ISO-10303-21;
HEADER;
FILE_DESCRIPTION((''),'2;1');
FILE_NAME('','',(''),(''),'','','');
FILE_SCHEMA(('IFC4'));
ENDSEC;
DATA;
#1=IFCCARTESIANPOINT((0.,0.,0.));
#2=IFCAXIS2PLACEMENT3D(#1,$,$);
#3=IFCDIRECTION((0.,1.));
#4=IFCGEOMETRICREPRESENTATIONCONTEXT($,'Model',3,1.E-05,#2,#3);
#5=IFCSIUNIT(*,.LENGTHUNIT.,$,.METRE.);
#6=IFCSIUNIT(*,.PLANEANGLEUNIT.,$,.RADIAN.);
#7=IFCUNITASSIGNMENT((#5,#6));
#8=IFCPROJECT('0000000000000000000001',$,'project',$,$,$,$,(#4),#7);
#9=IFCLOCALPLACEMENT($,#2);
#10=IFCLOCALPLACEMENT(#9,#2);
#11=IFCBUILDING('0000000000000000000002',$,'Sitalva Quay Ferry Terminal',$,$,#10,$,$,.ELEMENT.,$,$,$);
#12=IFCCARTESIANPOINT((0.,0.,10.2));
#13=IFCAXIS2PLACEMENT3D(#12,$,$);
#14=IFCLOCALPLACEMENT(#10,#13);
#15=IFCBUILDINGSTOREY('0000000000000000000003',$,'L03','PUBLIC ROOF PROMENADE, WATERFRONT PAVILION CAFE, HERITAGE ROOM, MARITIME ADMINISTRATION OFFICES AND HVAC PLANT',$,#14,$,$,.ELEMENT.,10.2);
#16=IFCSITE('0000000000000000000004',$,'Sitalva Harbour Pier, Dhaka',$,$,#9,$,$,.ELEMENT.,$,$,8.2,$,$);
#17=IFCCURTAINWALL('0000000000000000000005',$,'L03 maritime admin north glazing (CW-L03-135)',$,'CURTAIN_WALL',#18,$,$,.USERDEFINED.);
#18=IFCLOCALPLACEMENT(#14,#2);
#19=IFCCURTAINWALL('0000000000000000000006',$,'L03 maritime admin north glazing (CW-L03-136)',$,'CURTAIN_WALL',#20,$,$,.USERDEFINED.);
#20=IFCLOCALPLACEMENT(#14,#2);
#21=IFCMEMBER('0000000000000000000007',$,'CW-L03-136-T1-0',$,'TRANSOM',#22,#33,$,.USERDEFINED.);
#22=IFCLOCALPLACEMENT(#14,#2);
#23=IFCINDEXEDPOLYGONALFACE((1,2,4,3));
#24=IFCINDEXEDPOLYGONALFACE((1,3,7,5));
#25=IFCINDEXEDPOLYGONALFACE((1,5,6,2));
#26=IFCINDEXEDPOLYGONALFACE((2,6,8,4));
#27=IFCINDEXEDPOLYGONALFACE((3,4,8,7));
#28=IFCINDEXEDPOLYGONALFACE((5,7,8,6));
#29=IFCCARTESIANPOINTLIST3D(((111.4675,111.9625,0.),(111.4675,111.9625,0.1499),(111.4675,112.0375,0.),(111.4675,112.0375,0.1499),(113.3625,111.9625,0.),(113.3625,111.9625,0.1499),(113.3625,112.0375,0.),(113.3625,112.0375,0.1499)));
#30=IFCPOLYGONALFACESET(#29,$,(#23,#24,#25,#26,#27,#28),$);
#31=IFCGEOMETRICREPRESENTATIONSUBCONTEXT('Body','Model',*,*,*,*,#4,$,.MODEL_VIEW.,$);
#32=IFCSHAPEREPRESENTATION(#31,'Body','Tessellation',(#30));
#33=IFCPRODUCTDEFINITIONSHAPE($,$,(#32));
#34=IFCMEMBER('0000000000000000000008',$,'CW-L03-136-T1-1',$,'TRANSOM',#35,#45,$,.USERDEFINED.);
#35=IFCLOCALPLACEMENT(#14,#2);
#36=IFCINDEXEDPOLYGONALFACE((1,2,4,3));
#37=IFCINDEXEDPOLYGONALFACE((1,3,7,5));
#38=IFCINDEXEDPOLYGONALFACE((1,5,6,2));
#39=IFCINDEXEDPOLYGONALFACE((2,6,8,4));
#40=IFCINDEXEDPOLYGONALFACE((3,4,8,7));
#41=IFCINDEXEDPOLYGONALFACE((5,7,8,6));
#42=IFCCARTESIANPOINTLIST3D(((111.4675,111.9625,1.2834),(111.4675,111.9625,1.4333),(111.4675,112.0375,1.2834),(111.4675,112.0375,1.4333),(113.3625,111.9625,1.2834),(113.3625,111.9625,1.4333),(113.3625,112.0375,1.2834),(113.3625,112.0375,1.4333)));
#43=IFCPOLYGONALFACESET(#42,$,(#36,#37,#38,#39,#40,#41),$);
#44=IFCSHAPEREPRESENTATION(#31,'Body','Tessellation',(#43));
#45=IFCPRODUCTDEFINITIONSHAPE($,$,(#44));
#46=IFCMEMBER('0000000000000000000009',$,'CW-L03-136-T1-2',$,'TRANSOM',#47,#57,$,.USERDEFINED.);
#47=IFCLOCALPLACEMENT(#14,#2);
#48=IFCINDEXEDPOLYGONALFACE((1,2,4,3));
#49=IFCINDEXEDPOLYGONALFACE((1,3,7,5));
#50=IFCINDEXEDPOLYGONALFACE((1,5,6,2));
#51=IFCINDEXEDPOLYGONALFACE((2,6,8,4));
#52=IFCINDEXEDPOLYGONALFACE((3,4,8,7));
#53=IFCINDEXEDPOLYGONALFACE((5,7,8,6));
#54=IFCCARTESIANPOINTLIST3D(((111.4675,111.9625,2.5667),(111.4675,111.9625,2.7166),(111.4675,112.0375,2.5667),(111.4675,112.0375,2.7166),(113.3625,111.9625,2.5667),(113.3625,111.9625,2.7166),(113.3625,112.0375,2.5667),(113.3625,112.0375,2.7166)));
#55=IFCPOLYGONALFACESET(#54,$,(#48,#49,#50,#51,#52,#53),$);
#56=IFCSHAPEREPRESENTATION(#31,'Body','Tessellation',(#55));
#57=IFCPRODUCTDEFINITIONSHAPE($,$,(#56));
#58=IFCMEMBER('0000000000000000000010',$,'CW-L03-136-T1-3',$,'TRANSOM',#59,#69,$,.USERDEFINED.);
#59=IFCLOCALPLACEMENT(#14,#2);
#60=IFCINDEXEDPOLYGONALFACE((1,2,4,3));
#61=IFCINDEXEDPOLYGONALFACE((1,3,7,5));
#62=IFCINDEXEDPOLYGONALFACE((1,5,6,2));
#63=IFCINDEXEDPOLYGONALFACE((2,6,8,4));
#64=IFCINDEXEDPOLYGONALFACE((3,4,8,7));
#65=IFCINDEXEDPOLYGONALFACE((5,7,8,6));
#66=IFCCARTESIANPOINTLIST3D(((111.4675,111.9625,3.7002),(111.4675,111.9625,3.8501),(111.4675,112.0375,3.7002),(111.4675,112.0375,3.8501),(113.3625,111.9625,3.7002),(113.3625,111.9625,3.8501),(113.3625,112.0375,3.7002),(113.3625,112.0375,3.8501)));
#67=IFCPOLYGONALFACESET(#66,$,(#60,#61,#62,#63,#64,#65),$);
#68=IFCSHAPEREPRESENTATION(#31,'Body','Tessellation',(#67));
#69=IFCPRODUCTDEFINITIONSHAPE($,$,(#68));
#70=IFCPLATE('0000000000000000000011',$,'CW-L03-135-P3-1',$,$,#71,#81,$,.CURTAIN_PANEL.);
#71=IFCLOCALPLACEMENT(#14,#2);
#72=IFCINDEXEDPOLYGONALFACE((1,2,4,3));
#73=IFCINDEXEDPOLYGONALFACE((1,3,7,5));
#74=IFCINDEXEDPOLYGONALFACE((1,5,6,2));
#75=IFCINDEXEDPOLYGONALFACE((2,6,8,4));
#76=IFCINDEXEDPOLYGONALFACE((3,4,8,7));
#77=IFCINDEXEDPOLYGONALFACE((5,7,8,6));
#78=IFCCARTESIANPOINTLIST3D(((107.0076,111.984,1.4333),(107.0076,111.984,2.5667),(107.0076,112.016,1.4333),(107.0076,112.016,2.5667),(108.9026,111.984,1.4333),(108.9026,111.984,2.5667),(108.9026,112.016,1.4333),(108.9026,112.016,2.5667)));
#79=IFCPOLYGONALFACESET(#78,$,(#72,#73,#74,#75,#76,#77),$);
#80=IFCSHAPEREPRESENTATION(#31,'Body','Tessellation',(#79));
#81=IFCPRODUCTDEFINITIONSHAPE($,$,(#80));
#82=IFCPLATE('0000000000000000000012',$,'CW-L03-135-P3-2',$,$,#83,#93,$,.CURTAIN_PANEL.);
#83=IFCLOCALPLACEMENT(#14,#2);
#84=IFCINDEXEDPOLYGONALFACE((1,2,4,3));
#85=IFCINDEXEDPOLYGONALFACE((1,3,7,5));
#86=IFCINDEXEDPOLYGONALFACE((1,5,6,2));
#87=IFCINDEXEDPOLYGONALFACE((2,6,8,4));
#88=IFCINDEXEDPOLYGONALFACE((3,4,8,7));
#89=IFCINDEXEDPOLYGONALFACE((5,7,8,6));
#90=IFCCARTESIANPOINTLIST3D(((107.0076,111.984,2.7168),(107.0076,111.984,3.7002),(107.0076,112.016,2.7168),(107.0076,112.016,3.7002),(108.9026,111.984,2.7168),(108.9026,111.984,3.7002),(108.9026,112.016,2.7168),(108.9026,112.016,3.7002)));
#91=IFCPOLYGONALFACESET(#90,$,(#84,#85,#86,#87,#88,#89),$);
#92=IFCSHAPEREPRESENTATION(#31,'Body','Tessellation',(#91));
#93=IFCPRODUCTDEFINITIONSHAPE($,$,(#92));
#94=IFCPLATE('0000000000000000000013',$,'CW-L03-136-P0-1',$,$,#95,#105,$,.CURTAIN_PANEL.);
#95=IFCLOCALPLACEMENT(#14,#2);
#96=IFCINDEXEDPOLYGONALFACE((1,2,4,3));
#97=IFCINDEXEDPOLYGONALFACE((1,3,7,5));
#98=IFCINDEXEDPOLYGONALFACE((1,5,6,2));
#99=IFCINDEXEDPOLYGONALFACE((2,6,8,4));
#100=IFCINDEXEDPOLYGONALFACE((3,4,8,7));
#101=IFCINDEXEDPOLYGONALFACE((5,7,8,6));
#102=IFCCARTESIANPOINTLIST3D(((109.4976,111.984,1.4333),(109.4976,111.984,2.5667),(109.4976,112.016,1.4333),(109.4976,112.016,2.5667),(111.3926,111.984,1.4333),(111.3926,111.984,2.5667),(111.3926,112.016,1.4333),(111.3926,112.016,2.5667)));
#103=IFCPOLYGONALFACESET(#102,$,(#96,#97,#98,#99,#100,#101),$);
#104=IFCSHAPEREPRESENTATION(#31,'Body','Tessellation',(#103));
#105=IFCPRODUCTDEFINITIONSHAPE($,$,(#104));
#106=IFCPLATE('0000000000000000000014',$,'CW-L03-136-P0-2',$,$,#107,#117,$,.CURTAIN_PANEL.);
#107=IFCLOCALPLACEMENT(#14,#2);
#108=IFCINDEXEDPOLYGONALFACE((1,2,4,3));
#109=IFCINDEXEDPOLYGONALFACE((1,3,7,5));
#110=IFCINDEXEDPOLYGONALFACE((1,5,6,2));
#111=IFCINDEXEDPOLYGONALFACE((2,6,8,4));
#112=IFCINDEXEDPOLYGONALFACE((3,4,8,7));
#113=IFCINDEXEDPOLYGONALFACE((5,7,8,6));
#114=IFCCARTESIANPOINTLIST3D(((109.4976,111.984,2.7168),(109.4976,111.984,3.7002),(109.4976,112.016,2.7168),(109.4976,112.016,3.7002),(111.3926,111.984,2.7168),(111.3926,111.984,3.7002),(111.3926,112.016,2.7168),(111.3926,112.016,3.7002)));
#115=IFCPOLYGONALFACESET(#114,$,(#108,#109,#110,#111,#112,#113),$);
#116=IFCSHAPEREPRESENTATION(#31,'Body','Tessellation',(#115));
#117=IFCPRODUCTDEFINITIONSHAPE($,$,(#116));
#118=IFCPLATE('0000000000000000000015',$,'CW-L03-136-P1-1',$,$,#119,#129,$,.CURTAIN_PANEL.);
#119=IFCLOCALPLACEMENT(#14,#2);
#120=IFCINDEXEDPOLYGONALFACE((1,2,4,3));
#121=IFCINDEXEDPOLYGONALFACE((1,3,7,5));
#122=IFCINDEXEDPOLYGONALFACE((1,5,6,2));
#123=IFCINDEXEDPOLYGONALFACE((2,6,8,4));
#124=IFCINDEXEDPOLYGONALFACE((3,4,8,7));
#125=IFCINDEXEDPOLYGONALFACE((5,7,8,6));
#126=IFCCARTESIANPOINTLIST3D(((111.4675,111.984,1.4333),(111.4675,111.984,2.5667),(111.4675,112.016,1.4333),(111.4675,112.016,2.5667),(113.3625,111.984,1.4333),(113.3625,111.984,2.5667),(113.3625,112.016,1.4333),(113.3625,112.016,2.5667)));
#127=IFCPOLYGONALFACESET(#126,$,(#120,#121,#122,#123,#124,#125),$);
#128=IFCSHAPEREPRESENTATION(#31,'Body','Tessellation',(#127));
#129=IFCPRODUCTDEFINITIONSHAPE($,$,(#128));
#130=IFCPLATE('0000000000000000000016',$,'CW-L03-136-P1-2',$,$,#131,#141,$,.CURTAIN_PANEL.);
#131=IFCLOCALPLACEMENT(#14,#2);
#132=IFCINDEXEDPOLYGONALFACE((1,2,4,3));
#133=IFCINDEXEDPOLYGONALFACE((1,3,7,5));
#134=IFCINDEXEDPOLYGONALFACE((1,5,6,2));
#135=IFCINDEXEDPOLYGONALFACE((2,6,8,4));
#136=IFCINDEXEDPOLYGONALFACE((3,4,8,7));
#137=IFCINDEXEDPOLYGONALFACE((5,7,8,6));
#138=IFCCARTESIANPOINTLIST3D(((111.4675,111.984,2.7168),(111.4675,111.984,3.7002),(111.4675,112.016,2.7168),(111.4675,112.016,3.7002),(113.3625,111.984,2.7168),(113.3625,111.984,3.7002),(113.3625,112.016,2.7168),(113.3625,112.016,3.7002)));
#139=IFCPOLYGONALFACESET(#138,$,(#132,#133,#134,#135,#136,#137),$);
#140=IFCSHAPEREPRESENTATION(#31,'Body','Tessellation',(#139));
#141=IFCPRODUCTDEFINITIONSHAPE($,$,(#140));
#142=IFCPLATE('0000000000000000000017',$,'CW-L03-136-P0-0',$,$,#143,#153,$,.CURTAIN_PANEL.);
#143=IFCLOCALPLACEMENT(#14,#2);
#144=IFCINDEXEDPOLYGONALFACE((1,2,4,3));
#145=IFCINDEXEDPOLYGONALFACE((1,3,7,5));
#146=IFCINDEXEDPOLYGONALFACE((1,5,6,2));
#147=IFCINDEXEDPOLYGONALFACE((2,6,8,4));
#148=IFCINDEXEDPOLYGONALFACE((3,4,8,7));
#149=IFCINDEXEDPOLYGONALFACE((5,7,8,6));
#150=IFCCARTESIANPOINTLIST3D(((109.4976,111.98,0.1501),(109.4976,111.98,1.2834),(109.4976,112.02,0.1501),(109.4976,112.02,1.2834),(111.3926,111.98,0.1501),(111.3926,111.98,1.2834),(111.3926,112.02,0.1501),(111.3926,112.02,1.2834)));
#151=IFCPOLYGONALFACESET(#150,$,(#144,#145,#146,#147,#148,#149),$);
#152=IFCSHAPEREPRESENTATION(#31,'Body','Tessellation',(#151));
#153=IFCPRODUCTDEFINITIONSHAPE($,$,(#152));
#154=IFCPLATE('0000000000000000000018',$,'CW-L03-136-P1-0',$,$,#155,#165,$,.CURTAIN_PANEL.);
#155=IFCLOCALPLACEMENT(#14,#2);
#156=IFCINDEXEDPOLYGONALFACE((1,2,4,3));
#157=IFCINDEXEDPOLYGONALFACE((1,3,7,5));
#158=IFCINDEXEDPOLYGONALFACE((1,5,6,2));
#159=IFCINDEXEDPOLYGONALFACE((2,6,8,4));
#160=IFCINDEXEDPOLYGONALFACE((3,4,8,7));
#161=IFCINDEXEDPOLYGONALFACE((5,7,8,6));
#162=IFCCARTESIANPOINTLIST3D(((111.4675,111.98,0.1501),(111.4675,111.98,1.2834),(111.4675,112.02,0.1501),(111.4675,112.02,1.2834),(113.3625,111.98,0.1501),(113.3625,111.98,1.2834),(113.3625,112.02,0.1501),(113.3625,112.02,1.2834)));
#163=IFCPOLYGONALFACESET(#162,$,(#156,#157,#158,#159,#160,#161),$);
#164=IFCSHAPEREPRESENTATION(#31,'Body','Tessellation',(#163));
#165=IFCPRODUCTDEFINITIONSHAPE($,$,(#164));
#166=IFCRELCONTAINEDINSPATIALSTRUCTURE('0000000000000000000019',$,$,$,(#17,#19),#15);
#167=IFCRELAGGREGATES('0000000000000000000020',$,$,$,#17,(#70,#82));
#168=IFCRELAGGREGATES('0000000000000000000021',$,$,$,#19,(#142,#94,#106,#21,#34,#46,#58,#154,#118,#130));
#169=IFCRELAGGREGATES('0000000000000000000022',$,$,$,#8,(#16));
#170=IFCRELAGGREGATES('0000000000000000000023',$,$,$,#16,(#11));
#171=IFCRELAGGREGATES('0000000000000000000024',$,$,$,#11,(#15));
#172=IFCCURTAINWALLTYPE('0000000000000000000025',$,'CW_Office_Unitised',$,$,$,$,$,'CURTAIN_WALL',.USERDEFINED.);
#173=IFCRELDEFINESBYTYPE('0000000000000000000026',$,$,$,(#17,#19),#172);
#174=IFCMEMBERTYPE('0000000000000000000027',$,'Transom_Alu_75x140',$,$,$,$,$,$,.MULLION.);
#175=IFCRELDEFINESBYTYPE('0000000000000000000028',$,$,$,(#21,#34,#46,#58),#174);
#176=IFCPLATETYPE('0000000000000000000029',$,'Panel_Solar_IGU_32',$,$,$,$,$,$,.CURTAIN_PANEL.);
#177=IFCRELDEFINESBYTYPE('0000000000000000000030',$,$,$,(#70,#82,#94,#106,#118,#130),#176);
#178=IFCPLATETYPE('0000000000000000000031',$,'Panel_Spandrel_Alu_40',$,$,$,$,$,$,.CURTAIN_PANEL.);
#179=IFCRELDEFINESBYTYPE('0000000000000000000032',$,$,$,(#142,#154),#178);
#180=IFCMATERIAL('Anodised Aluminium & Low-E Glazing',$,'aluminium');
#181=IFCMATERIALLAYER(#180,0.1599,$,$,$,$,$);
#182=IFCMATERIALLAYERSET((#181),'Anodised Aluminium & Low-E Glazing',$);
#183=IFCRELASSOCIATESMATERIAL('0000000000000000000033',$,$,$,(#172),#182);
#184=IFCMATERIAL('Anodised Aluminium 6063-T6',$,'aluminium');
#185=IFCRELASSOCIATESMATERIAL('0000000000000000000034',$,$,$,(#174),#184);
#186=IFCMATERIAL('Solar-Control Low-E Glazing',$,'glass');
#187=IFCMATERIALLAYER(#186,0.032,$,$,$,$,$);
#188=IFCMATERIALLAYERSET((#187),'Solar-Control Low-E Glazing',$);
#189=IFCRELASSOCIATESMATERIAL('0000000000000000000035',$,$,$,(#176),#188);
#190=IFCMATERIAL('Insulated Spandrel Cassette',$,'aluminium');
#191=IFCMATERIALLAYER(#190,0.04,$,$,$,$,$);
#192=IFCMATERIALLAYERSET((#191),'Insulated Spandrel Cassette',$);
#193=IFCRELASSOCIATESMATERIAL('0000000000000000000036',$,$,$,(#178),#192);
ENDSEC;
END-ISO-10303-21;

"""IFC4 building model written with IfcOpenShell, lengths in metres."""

from ifc_helpers import new_model, si_unit, direction, frame, origin, origin_2d, place, context, subcontext, project, spatial, rectangle, extrude, material, layer, layer_set, material_profile, profile_set, type_object, element, aggregate, save


model = new_model("IFC4")

# Units and contexts
model_context = context("Model", 3, precision=1e-05, world=origin(), true_north=direction((0.0, 1.0)))
body_context = subcontext(model_context, "Body", "Model", "MODEL_VIEW")
ifc_project = project(units=[si_unit("LENGTHUNIT", "METRE"), si_unit("PLANEANGLEUNIT", "RADIAN")], contexts=[model_context])

# Site, building, storey
site_placement = place(None, origin())
site = spatial("IfcSite", under=ifc_project, at=site_placement, Name="Sitalva Harbour Pier, Dhaka", CompositionType="ELEMENT", RefElevation=8.2)
building_placement = place(site_placement, origin())
building = spatial("IfcBuilding", under=site, at=building_placement, Name="Sitalva Quay Ferry Terminal", CompositionType="ELEMENT")
storey_placement = place(building_placement, frame((0.0, 0.0, 10.2)))
storey = spatial("IfcBuildingStorey", under=building, at=storey_placement, Name="L03", Description="PUBLIC ROOF PROMENADE, WATERFRONT PAVILION CAFE, HERITAGE ROOM, MARITIME ADMINISTRATION OFFICES AND HVAC PLANT", CompositionType="ELEMENT", Elevation=10.2)

# Curtain wall
ifc_material_1 = material(Name="Anodised Aluminium & Low-E Glazing", Category="aluminium")
ifc_layer_1 = layer(ifc_material_1, 0.1599)
ifc_layer_set_1 = layer_set([ifc_layer_1], Name="Anodised Aluminium & Low-E Glazing")
curtain_wall_type = type_object("IfcCurtainWallType", Name="CW_Office_Unitised", ElementType="CURTAIN_WALL", PredefinedType="USERDEFINED", material=ifc_layer_set_1)
curtain_wall_1_placement = place(storey_placement, origin())
curtain_wall_1 = element("IfcCurtainWall", 1, at=curtain_wall_1_placement, inside=storey, type_object=curtain_wall_type, Name="L03 maritime admin north glazing (CW-L03-135)", ObjectType="CURTAIN_WALL", PredefinedType="USERDEFINED")

# Curtain wall, members
curtain_wall_2_placement = place(storey_placement, origin())
curtain_wall_2 = element("IfcCurtainWall", 2, at=curtain_wall_2_placement, inside=storey, type_object=curtain_wall_type, Name="L03 maritime admin north glazing (CW-L03-136)", ObjectType="CURTAIN_WALL", PredefinedType="USERDEFINED")
ifc_material_2 = material(Name="Anodised Aluminium 6063-T6", Category="aluminium")
ifc_material_profile_1 = material_profile(ifc_material_2, rectangle(XDim=0.075, YDim=0.1499, at=origin_2d()), Name="ALU75x150")
ifc_profile_set_1 = profile_set([ifc_material_profile_1], Name="Anodised Aluminium 6063-T6")
member_type_1 = type_object("IfcMemberType", Name="Transom_Alu_75x140", PredefinedType="MULLION", material=ifc_profile_set_1)
member_1_placement = place(storey_placement, frame((111.4675, 112.0, 0.075), z_axis=(1.0, 0.0, 0.0), x_axis=(0.0, 1.0, 0.0)))
member_1 = element("IfcMember", 3, at=member_1_placement, type_object=member_type_1, Name="CW-L03-136-T1-0", ObjectType="TRANSOM", PredefinedType="USERDEFINED", context=body_context, shape_type="SweptSolid", body=[
    extrude(rectangle(XDim=0.075, YDim=0.1499, at=origin_2d()), origin(), (0.0, 0.0, 1.0), 1.895),
])
member_2_placement = place(storey_placement, frame((111.4675, 112.0, 1.3584), z_axis=(1.0, 0.0, 0.0), x_axis=(0.0, 1.0, 0.0)))
member_2 = element("IfcMember", 4, at=member_2_placement, type_object=member_type_1, Name="CW-L03-136-T1-1", ObjectType="TRANSOM", PredefinedType="USERDEFINED", context=body_context, shape_type="SweptSolid", body=[
    extrude(rectangle(XDim=0.075, YDim=0.1499, at=origin_2d()), origin(), (0.0, 0.0, 1.0), 1.895),
])
member_3_placement = place(storey_placement, frame((111.4675, 112.0, 2.6416), z_axis=(1.0, 0.0, 0.0), x_axis=(0.0, 1.0, 0.0)))
member_3 = element("IfcMember", 5, at=member_3_placement, type_object=member_type_1, Name="CW-L03-136-T1-2", ObjectType="TRANSOM", PredefinedType="USERDEFINED", context=body_context, shape_type="SweptSolid", body=[
    extrude(rectangle(XDim=0.075, YDim=0.1499, at=origin_2d()), origin(), (0.0, 0.0, 1.0), 1.895),
])
member_4_placement = place(storey_placement, frame((111.4675, 112.0, 3.7751), z_axis=(1.0, 0.0, 0.0), x_axis=(0.0, 1.0, 0.0)))
member_4 = element("IfcMember", 6, at=member_4_placement, type_object=member_type_1, Name="CW-L03-136-T1-3", ObjectType="TRANSOM", PredefinedType="USERDEFINED", context=body_context, shape_type="SweptSolid", body=[
    extrude(rectangle(XDim=0.075, YDim=0.1499, at=origin_2d()), origin(), (0.0, 0.0, 1.0), 1.895),
])

# Plates
ifc_material_3 = material(Name="Solar-Control Low-E Glazing", Category="glass")
ifc_layer_2 = layer(ifc_material_3, 0.032)
ifc_layer_set_2 = layer_set([ifc_layer_2], Name="Solar-Control Low-E Glazing")
plate_type_1 = type_object("IfcPlateType", Name="Panel_Solar_IGU_32", PredefinedType="CURTAIN_PANEL", material=ifc_layer_set_2)
plate_1_placement = place(storey_placement, frame((107.9551, 112.0, 1.4333), z_axis=(0.0, 0.0, 1.0), x_axis=(1.0, 0.0, 0.0)))
plate_1 = element("IfcPlate", 7, at=plate_1_placement, type_object=plate_type_1, Name="CW-L03-135-P3-1", PredefinedType="CURTAIN_PANEL", context=body_context, shape_type="SweptSolid", body=[
    extrude(rectangle(XDim=1.895, YDim=0.032, at=origin_2d()), origin(), (0.0, 0.0, 1.0), 1.1333),
])
plate_2_placement = place(storey_placement, frame((107.9551, 112.0, 2.7168), z_axis=(0.0, 0.0, 1.0), x_axis=(1.0, 0.0, 0.0)))
plate_2 = element("IfcPlate", 8, at=plate_2_placement, type_object=plate_type_1, Name="CW-L03-135-P3-2", PredefinedType="CURTAIN_PANEL", context=body_context, shape_type="SweptSolid", body=[
    extrude(rectangle(XDim=1.895, YDim=0.032, at=origin_2d()), origin(), (0.0, 0.0, 1.0), 0.9834),
])
aggregate(curtain_wall_1, [plate_1, plate_2])
plate_3_placement = place(storey_placement, frame((110.4451, 112.0, 1.4333), z_axis=(0.0, 0.0, 1.0), x_axis=(1.0, 0.0, 0.0)))
plate_3 = element("IfcPlate", 9, at=plate_3_placement, type_object=plate_type_1, Name="CW-L03-136-P0-1", PredefinedType="CURTAIN_PANEL", context=body_context, shape_type="SweptSolid", body=[
    extrude(rectangle(XDim=1.895, YDim=0.032, at=origin_2d()), origin(), (0.0, 0.0, 1.0), 1.1333),
])
plate_4_placement = place(storey_placement, frame((110.4451, 112.0, 2.7168), z_axis=(0.0, 0.0, 1.0), x_axis=(1.0, 0.0, 0.0)))
plate_4 = element("IfcPlate", 10, at=plate_4_placement, type_object=plate_type_1, Name="CW-L03-136-P0-2", PredefinedType="CURTAIN_PANEL", context=body_context, shape_type="SweptSolid", body=[
    extrude(rectangle(XDim=1.895, YDim=0.032, at=origin_2d()), origin(), (0.0, 0.0, 1.0), 0.9834),
])
plate_5_placement = place(storey_placement, frame((112.415, 112.0, 1.4333), z_axis=(0.0, 0.0, 1.0), x_axis=(1.0, 0.0, 0.0)))
plate_5 = element("IfcPlate", 11, at=plate_5_placement, type_object=plate_type_1, Name="CW-L03-136-P1-1", PredefinedType="CURTAIN_PANEL", context=body_context, shape_type="SweptSolid", body=[
    extrude(rectangle(XDim=1.895, YDim=0.032, at=origin_2d()), origin(), (0.0, 0.0, 1.0), 1.1333),
])
plate_6_placement = place(storey_placement, frame((112.415, 112.0, 2.7168), z_axis=(0.0, 0.0, 1.0), x_axis=(1.0, 0.0, 0.0)))
plate_6 = element("IfcPlate", 12, at=plate_6_placement, type_object=plate_type_1, Name="CW-L03-136-P1-2", PredefinedType="CURTAIN_PANEL", context=body_context, shape_type="SweptSolid", body=[
    extrude(rectangle(XDim=1.895, YDim=0.032, at=origin_2d()), origin(), (0.0, 0.0, 1.0), 0.9834),
])
ifc_material_4 = material(Name="Insulated Spandrel Cassette", Category="aluminium")
ifc_layer_3 = layer(ifc_material_4, 0.04)
ifc_layer_set_3 = layer_set([ifc_layer_3], Name="Insulated Spandrel Cassette")
plate_type_2 = type_object("IfcPlateType", Name="Panel_Spandrel_Alu_40", PredefinedType="CURTAIN_PANEL", material=ifc_layer_set_3)
plate_7_placement = place(storey_placement, frame((110.4451, 112.0, 0.1501), z_axis=(0.0, 0.0, 1.0), x_axis=(1.0, 0.0, 0.0)))
plate_7 = element("IfcPlate", 13, at=plate_7_placement, type_object=plate_type_2, Name="CW-L03-136-P0-0", PredefinedType="CURTAIN_PANEL", context=body_context, shape_type="SweptSolid", body=[
    extrude(rectangle(XDim=1.895, YDim=0.04, at=origin_2d()), origin(), (0.0, 0.0, 1.0), 1.1333),
])
plate_8_placement = place(storey_placement, frame((112.415, 112.0, 0.1501), z_axis=(0.0, 0.0, 1.0), x_axis=(1.0, 0.0, 0.0)))
plate_8 = element("IfcPlate", 14, at=plate_8_placement, type_object=plate_type_2, Name="CW-L03-136-P1-0", PredefinedType="CURTAIN_PANEL", context=body_context, shape_type="SweptSolid", body=[
    extrude(rectangle(XDim=1.895, YDim=0.04, at=origin_2d()), origin(), (0.0, 0.0, 1.0), 1.1333),
])
aggregate(curtain_wall_2, [plate_7, plate_3, plate_4, member_1, member_2, member_3, member_4, plate_8, plate_5, plate_6])

save(model, "model.ifc")
